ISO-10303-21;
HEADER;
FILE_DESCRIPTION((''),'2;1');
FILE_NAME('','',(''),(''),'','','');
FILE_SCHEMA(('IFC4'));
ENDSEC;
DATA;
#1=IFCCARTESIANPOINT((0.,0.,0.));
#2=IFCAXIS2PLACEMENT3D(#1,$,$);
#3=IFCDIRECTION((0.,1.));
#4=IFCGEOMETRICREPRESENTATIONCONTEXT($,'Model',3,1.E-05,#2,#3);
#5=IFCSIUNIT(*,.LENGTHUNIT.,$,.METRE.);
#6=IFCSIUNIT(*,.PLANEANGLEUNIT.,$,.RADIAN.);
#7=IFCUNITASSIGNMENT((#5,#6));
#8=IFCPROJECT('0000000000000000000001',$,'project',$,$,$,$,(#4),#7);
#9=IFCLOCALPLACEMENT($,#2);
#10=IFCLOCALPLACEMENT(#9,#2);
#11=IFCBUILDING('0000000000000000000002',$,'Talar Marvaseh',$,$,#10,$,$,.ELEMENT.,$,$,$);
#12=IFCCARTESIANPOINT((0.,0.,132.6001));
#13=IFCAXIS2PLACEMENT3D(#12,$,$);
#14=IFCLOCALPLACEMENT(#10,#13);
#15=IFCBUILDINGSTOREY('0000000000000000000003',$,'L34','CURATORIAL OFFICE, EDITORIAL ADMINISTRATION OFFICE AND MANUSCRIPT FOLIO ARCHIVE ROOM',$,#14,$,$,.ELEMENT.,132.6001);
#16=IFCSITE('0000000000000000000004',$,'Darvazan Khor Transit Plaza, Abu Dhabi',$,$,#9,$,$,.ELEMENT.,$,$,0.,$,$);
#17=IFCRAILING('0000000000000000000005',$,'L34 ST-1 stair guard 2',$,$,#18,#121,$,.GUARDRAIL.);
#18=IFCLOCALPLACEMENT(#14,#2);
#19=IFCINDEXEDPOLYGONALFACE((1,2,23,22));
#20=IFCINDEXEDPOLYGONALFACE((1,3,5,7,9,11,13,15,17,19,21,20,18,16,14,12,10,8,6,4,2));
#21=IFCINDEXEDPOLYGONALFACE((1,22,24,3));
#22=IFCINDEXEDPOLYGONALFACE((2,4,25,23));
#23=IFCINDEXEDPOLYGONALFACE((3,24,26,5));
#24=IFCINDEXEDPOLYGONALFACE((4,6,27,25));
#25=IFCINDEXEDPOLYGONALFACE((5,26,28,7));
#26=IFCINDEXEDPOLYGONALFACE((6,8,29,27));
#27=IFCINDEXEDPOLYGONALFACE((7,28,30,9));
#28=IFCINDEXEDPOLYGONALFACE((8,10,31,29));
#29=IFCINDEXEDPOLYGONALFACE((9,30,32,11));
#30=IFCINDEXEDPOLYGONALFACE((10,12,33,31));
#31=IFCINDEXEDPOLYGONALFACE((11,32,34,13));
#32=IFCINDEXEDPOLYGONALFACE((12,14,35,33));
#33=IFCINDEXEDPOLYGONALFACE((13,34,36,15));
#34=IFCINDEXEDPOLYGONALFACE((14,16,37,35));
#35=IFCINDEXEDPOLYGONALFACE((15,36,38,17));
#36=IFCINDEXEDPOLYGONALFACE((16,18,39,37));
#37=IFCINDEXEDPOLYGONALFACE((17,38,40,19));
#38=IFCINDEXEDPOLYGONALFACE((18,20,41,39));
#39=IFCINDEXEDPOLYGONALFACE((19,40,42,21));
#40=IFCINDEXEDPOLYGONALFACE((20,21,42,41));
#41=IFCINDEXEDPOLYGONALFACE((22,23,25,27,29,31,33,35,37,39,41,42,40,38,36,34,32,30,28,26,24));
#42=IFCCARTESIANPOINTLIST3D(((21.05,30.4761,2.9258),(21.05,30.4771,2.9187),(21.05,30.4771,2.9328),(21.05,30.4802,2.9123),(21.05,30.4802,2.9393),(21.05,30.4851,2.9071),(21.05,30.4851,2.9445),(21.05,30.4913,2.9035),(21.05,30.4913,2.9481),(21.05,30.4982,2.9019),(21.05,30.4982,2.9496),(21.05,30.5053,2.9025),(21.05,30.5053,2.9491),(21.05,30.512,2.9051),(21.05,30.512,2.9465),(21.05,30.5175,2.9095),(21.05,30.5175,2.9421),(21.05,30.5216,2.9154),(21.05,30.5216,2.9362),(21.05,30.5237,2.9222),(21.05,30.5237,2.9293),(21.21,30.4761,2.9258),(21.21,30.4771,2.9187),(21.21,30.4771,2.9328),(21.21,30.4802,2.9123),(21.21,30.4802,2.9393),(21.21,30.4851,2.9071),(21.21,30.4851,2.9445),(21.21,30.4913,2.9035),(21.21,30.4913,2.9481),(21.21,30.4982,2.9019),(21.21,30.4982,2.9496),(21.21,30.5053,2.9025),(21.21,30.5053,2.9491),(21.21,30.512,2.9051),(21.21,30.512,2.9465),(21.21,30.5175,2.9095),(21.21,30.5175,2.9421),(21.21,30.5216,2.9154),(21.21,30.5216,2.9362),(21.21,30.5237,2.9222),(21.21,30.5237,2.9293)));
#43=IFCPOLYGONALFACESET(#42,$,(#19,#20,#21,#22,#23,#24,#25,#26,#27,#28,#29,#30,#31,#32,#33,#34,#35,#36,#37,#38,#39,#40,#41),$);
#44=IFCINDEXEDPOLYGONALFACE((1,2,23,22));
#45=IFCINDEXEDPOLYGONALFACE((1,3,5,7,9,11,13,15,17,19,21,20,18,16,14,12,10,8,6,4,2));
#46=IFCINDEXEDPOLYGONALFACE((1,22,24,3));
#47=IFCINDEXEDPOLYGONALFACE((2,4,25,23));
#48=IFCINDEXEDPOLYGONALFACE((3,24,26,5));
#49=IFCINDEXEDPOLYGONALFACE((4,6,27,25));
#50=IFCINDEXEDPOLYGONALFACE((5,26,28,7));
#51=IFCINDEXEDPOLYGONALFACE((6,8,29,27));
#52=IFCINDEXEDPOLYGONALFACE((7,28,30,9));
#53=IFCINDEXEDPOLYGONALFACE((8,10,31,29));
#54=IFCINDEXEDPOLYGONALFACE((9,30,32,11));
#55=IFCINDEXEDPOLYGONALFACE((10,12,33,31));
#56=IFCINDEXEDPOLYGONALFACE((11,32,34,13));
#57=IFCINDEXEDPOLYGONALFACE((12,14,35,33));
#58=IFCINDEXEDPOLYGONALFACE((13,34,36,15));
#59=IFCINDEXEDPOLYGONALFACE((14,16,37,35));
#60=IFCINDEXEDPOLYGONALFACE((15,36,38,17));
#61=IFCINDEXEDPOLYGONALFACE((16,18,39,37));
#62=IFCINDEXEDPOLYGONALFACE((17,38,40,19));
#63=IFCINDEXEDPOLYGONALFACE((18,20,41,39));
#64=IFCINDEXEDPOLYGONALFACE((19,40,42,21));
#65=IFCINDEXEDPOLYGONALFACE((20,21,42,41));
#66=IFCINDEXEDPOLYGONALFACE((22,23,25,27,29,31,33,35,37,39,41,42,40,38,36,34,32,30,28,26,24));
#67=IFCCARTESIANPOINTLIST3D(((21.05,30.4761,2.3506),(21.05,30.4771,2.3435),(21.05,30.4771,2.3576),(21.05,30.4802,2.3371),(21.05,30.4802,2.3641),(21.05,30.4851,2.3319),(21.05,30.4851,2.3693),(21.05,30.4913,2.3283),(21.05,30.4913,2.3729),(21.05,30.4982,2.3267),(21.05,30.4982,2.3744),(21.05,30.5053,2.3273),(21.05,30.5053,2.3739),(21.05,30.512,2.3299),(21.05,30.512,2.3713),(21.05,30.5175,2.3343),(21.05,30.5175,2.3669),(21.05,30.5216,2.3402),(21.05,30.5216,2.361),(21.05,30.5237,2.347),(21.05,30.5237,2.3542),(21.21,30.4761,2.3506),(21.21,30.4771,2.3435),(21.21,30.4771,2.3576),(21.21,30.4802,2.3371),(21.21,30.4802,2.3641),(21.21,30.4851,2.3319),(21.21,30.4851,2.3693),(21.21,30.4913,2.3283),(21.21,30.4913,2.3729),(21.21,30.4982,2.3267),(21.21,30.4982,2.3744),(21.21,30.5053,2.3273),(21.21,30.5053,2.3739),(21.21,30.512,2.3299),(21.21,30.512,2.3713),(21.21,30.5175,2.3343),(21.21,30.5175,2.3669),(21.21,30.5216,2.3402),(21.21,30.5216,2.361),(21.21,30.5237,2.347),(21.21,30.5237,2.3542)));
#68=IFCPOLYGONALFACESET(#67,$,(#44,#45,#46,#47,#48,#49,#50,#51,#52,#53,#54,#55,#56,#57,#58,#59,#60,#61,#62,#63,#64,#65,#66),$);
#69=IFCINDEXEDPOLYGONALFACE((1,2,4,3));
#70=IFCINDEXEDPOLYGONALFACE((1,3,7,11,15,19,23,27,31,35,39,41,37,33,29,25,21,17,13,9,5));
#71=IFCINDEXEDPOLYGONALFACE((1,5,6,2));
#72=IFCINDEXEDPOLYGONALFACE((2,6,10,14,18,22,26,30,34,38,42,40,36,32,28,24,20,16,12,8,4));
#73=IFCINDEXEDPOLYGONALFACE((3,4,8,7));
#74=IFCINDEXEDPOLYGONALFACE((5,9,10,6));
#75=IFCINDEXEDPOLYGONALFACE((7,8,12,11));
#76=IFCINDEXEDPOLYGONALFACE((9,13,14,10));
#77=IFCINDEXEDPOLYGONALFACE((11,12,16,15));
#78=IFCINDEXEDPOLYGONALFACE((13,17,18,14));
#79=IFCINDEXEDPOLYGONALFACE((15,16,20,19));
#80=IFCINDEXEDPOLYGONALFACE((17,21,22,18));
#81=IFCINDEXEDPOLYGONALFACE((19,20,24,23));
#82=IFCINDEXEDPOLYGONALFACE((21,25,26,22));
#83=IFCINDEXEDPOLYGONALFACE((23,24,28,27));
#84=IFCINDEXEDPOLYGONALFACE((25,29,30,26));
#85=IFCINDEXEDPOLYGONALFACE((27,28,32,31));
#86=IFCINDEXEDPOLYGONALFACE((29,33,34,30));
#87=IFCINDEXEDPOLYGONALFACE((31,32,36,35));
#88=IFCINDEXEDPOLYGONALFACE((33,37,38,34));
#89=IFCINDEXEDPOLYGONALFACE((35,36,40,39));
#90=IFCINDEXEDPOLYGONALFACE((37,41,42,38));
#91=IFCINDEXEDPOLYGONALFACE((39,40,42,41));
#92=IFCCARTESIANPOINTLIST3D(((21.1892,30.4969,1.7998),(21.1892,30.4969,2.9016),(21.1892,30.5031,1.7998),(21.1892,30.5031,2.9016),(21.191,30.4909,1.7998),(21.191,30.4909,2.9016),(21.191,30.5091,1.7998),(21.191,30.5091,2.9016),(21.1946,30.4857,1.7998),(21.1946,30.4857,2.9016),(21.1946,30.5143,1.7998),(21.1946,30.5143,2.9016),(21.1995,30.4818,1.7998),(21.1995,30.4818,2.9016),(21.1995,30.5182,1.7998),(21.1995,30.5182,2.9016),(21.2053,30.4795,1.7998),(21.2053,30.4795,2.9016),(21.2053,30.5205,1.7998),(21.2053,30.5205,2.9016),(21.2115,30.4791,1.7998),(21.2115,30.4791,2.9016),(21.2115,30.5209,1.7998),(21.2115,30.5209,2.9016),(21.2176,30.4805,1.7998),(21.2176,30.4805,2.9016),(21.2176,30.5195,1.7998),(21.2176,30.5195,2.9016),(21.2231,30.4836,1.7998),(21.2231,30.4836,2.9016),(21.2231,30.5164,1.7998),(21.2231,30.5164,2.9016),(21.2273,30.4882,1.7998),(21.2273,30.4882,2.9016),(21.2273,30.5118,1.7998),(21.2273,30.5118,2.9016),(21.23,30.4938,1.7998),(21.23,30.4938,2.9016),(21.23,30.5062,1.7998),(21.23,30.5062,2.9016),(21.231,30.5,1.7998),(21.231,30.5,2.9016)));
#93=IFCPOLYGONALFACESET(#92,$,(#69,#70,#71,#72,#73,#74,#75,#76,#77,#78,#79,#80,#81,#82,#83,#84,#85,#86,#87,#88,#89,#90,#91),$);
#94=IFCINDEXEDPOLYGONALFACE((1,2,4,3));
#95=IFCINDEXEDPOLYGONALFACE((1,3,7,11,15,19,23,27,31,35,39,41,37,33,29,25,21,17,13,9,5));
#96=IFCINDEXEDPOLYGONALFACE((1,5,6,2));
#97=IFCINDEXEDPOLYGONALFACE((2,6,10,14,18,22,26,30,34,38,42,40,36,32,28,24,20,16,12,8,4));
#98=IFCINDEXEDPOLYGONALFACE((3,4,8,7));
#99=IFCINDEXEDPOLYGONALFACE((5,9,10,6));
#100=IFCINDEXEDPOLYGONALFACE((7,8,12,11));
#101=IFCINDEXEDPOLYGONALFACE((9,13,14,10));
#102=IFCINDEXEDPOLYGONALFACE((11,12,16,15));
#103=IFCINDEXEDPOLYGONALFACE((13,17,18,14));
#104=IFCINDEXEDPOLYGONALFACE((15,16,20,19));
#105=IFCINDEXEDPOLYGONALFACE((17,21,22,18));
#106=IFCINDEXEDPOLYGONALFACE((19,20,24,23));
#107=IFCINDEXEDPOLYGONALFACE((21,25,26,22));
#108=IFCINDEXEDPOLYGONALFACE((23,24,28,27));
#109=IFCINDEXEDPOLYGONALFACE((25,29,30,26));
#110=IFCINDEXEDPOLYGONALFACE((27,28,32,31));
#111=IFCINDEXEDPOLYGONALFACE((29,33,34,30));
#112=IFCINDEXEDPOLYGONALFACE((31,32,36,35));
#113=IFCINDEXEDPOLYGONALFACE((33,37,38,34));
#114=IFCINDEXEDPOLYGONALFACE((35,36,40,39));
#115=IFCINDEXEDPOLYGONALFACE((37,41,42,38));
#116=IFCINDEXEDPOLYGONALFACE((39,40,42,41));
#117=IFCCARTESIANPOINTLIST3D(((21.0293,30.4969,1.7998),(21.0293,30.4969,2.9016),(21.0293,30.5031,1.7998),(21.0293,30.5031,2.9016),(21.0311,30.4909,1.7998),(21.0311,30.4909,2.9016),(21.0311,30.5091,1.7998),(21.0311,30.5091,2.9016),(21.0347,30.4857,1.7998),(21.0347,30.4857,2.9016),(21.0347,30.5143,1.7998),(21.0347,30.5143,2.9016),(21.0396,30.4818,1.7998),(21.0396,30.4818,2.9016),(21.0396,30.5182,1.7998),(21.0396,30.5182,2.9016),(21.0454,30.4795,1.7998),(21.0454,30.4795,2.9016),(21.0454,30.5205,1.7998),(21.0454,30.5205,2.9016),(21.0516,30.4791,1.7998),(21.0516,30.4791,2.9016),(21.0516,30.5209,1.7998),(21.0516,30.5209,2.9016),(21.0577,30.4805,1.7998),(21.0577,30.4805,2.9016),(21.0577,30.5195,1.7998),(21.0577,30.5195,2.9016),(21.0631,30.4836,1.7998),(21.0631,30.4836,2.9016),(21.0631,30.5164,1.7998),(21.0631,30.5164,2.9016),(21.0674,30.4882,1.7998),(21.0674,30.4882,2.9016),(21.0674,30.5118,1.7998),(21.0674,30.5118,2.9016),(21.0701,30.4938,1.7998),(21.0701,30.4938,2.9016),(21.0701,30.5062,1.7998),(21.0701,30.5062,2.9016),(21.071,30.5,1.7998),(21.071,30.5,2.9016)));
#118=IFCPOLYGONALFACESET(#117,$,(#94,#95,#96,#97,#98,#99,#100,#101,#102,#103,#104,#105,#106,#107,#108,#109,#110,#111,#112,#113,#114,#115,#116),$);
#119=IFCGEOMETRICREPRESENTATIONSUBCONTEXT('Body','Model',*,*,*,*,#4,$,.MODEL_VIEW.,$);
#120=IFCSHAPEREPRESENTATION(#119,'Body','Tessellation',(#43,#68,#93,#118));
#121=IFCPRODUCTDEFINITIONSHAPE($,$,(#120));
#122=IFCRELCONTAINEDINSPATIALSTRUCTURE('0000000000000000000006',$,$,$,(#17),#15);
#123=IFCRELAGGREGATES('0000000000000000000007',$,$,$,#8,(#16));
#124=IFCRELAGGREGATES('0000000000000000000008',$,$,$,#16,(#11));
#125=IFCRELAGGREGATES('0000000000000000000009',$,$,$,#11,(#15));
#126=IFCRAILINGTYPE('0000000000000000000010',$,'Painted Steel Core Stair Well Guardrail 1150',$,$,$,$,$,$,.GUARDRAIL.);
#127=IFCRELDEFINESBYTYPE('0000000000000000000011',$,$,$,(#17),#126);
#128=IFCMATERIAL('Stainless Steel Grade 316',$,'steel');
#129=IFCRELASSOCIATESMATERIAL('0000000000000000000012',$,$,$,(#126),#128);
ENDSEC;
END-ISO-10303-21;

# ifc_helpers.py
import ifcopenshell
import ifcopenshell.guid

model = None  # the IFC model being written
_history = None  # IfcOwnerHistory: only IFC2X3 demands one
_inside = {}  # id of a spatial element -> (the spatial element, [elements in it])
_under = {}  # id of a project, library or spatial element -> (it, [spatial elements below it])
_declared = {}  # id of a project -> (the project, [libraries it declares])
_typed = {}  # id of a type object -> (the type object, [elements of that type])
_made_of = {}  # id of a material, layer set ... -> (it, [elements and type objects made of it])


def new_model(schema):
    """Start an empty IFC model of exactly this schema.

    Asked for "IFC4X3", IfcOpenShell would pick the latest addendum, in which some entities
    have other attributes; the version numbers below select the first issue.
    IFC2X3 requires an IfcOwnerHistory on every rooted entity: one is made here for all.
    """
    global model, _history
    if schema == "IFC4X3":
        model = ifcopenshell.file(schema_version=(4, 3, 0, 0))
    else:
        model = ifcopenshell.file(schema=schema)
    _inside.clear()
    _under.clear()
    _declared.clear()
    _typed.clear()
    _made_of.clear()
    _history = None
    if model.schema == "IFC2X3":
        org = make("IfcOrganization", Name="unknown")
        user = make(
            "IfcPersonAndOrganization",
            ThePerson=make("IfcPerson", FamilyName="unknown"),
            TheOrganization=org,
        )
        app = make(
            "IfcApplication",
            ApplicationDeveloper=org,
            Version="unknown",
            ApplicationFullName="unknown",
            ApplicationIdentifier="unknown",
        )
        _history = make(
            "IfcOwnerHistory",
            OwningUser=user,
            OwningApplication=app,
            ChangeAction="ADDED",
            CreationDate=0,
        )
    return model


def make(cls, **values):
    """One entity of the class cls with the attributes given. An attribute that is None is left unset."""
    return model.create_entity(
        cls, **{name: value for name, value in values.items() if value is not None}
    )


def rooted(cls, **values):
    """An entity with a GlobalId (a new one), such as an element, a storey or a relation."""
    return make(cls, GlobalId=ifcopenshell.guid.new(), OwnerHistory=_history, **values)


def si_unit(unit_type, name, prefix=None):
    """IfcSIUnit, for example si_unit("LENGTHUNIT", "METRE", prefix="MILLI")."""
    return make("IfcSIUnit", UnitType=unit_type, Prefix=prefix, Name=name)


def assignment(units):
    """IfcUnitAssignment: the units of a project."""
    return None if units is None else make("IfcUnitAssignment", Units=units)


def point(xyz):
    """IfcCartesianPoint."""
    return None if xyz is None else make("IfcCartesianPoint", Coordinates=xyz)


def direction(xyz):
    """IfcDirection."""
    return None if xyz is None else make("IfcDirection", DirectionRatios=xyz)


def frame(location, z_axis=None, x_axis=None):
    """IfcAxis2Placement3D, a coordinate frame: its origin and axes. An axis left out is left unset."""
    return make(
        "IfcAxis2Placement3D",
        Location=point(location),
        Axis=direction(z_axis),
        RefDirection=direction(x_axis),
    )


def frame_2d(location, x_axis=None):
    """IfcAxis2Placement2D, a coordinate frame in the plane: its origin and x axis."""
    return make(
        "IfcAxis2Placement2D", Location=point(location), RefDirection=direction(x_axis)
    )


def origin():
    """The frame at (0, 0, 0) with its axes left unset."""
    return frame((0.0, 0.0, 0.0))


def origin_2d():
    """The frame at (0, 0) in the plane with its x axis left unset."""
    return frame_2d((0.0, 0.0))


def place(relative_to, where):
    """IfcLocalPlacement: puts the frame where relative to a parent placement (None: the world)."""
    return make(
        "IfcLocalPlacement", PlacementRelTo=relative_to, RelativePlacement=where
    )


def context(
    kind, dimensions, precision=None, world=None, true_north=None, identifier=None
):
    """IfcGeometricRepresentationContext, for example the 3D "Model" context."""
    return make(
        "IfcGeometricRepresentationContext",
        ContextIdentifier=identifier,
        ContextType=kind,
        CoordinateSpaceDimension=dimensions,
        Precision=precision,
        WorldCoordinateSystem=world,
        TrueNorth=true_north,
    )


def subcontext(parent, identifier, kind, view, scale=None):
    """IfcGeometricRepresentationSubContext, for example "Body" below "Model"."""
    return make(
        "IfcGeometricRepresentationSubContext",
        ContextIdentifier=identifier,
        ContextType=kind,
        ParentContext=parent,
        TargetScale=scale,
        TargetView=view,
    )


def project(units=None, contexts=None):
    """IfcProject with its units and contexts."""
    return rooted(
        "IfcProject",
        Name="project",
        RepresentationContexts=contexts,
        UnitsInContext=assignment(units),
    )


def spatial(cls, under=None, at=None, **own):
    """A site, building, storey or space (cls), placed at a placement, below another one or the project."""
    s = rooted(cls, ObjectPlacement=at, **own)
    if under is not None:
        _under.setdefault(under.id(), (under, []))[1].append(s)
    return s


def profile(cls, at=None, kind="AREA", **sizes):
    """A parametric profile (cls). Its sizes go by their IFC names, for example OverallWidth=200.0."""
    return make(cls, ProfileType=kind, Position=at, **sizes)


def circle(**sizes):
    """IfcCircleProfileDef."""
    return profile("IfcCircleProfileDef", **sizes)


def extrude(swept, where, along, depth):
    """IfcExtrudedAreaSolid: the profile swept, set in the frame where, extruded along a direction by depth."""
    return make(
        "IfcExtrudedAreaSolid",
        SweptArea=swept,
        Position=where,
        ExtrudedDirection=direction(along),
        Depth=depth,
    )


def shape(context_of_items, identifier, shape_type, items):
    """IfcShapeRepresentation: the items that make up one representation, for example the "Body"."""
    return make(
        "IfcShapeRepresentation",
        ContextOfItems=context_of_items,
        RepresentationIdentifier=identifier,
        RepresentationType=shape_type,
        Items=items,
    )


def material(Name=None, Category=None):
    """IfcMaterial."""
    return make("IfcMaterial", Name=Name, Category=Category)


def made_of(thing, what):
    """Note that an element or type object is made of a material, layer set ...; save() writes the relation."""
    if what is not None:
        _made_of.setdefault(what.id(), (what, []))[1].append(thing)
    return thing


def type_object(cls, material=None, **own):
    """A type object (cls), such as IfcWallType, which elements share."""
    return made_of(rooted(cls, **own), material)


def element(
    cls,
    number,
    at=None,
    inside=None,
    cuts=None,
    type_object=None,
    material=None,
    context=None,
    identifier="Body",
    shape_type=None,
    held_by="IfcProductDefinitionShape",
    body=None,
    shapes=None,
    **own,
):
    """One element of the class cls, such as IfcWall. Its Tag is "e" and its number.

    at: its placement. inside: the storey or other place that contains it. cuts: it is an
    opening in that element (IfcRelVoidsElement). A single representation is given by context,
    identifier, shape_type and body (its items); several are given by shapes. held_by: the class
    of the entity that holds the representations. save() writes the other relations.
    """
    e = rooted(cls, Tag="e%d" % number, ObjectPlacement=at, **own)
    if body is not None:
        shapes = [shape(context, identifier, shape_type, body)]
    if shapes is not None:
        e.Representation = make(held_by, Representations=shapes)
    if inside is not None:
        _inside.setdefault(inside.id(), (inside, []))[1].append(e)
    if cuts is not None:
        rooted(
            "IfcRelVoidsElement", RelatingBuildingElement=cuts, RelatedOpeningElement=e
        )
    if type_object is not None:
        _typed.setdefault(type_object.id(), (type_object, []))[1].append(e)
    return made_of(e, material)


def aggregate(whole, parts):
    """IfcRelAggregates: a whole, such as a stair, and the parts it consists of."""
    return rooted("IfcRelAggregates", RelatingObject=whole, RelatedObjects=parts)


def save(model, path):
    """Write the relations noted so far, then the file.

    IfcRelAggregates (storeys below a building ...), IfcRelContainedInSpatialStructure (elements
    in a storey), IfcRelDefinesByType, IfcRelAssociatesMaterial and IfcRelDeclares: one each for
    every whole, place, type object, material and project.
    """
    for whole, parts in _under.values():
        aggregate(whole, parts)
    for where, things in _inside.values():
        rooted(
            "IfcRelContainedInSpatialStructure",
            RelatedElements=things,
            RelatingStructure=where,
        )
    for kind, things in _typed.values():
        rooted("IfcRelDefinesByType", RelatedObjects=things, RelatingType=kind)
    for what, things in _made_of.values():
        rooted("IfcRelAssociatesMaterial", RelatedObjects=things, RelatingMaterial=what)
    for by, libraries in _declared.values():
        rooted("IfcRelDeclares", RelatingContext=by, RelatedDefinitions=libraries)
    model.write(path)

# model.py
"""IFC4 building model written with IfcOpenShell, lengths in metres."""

from ifc_helpers import new_model, si_unit, direction, frame, origin, origin_2d, place, context, subcontext, project, spatial, circle, extrude, material, type_object, element, save


model = new_model("IFC4")

# Units and contexts
model_context = context("Model", 3, precision=1e-05, world=origin(), true_north=direction((0.0, 1.0)))
body_context = subcontext(model_context, "Body", "Model", "MODEL_VIEW")
ifc_project = project(units=[si_unit("LENGTHUNIT", "METRE"), si_unit("PLANEANGLEUNIT", "RADIAN")], contexts=[model_context])

# Site, building, storey
site_placement = place(None, origin())
site = spatial("IfcSite", under=ifc_project, at=site_placement, Name="Darvazan Khor Transit Plaza, Abu Dhabi", CompositionType="ELEMENT", RefElevation=0.0)
building_placement = place(site_placement, origin())
building = spatial("IfcBuilding", under=site, at=building_placement, Name="Talar Marvaseh", CompositionType="ELEMENT")
storey_placement = place(building_placement, frame((0.0, 0.0, 132.6001)))
storey = spatial("IfcBuildingStorey", under=building, at=storey_placement, Name="L34", Description="CURATORIAL OFFICE, EDITORIAL ADMINISTRATION OFFICE AND MANUSCRIPT FOLIO ARCHIVE ROOM", CompositionType="ELEMENT", Elevation=132.6001)

# Railing
ifc_material_1 = material(Name="Stainless Steel Grade 316", Category="steel")
railing_type_1 = type_object("IfcRailingType", Name="Painted Steel Core Stair Well Guardrail 1150", PredefinedType="GUARDRAIL", material=ifc_material_1)
railing_1_placement = place(storey_placement, frame((21.21, 30.5, 1.7998)))
element("IfcRailing", 1, at=railing_1_placement, inside=storey, type_object=railing_type_1, Name="L34 ST-1 stair guard 2", PredefinedType="GUARDRAIL", context=body_context, shape_type="SweptSolid", body=[
    extrude(circle(Radius=0.0239, at=origin_2d()), frame((0.0, 0.0, 1.126), z_axis=(-1.0, 0.0, 0.0), x_axis=(0.0, -1.0, 0.0)), (0.0, 0.0, 1.0), 0.1599),
    extrude(circle(Radius=0.0239, at=origin_2d()), frame((0.0, 0.0, 0.5508), z_axis=(-1.0, 0.0, 0.0), x_axis=(0.0, -1.0, 0.0)), (0.0, 0.0, 1.0), 0.1599),
    extrude(circle(Radius=0.021, at=origin_2d()), origin(), (0.0, 0.0, 1.0), 1.1018),
    extrude(circle(Radius=0.021, at=origin_2d()), frame((-0.1599, 0.0, 0.0)), (0.0, 0.0, 1.0), 1.1018),
])

save(model, "model.ifc")
